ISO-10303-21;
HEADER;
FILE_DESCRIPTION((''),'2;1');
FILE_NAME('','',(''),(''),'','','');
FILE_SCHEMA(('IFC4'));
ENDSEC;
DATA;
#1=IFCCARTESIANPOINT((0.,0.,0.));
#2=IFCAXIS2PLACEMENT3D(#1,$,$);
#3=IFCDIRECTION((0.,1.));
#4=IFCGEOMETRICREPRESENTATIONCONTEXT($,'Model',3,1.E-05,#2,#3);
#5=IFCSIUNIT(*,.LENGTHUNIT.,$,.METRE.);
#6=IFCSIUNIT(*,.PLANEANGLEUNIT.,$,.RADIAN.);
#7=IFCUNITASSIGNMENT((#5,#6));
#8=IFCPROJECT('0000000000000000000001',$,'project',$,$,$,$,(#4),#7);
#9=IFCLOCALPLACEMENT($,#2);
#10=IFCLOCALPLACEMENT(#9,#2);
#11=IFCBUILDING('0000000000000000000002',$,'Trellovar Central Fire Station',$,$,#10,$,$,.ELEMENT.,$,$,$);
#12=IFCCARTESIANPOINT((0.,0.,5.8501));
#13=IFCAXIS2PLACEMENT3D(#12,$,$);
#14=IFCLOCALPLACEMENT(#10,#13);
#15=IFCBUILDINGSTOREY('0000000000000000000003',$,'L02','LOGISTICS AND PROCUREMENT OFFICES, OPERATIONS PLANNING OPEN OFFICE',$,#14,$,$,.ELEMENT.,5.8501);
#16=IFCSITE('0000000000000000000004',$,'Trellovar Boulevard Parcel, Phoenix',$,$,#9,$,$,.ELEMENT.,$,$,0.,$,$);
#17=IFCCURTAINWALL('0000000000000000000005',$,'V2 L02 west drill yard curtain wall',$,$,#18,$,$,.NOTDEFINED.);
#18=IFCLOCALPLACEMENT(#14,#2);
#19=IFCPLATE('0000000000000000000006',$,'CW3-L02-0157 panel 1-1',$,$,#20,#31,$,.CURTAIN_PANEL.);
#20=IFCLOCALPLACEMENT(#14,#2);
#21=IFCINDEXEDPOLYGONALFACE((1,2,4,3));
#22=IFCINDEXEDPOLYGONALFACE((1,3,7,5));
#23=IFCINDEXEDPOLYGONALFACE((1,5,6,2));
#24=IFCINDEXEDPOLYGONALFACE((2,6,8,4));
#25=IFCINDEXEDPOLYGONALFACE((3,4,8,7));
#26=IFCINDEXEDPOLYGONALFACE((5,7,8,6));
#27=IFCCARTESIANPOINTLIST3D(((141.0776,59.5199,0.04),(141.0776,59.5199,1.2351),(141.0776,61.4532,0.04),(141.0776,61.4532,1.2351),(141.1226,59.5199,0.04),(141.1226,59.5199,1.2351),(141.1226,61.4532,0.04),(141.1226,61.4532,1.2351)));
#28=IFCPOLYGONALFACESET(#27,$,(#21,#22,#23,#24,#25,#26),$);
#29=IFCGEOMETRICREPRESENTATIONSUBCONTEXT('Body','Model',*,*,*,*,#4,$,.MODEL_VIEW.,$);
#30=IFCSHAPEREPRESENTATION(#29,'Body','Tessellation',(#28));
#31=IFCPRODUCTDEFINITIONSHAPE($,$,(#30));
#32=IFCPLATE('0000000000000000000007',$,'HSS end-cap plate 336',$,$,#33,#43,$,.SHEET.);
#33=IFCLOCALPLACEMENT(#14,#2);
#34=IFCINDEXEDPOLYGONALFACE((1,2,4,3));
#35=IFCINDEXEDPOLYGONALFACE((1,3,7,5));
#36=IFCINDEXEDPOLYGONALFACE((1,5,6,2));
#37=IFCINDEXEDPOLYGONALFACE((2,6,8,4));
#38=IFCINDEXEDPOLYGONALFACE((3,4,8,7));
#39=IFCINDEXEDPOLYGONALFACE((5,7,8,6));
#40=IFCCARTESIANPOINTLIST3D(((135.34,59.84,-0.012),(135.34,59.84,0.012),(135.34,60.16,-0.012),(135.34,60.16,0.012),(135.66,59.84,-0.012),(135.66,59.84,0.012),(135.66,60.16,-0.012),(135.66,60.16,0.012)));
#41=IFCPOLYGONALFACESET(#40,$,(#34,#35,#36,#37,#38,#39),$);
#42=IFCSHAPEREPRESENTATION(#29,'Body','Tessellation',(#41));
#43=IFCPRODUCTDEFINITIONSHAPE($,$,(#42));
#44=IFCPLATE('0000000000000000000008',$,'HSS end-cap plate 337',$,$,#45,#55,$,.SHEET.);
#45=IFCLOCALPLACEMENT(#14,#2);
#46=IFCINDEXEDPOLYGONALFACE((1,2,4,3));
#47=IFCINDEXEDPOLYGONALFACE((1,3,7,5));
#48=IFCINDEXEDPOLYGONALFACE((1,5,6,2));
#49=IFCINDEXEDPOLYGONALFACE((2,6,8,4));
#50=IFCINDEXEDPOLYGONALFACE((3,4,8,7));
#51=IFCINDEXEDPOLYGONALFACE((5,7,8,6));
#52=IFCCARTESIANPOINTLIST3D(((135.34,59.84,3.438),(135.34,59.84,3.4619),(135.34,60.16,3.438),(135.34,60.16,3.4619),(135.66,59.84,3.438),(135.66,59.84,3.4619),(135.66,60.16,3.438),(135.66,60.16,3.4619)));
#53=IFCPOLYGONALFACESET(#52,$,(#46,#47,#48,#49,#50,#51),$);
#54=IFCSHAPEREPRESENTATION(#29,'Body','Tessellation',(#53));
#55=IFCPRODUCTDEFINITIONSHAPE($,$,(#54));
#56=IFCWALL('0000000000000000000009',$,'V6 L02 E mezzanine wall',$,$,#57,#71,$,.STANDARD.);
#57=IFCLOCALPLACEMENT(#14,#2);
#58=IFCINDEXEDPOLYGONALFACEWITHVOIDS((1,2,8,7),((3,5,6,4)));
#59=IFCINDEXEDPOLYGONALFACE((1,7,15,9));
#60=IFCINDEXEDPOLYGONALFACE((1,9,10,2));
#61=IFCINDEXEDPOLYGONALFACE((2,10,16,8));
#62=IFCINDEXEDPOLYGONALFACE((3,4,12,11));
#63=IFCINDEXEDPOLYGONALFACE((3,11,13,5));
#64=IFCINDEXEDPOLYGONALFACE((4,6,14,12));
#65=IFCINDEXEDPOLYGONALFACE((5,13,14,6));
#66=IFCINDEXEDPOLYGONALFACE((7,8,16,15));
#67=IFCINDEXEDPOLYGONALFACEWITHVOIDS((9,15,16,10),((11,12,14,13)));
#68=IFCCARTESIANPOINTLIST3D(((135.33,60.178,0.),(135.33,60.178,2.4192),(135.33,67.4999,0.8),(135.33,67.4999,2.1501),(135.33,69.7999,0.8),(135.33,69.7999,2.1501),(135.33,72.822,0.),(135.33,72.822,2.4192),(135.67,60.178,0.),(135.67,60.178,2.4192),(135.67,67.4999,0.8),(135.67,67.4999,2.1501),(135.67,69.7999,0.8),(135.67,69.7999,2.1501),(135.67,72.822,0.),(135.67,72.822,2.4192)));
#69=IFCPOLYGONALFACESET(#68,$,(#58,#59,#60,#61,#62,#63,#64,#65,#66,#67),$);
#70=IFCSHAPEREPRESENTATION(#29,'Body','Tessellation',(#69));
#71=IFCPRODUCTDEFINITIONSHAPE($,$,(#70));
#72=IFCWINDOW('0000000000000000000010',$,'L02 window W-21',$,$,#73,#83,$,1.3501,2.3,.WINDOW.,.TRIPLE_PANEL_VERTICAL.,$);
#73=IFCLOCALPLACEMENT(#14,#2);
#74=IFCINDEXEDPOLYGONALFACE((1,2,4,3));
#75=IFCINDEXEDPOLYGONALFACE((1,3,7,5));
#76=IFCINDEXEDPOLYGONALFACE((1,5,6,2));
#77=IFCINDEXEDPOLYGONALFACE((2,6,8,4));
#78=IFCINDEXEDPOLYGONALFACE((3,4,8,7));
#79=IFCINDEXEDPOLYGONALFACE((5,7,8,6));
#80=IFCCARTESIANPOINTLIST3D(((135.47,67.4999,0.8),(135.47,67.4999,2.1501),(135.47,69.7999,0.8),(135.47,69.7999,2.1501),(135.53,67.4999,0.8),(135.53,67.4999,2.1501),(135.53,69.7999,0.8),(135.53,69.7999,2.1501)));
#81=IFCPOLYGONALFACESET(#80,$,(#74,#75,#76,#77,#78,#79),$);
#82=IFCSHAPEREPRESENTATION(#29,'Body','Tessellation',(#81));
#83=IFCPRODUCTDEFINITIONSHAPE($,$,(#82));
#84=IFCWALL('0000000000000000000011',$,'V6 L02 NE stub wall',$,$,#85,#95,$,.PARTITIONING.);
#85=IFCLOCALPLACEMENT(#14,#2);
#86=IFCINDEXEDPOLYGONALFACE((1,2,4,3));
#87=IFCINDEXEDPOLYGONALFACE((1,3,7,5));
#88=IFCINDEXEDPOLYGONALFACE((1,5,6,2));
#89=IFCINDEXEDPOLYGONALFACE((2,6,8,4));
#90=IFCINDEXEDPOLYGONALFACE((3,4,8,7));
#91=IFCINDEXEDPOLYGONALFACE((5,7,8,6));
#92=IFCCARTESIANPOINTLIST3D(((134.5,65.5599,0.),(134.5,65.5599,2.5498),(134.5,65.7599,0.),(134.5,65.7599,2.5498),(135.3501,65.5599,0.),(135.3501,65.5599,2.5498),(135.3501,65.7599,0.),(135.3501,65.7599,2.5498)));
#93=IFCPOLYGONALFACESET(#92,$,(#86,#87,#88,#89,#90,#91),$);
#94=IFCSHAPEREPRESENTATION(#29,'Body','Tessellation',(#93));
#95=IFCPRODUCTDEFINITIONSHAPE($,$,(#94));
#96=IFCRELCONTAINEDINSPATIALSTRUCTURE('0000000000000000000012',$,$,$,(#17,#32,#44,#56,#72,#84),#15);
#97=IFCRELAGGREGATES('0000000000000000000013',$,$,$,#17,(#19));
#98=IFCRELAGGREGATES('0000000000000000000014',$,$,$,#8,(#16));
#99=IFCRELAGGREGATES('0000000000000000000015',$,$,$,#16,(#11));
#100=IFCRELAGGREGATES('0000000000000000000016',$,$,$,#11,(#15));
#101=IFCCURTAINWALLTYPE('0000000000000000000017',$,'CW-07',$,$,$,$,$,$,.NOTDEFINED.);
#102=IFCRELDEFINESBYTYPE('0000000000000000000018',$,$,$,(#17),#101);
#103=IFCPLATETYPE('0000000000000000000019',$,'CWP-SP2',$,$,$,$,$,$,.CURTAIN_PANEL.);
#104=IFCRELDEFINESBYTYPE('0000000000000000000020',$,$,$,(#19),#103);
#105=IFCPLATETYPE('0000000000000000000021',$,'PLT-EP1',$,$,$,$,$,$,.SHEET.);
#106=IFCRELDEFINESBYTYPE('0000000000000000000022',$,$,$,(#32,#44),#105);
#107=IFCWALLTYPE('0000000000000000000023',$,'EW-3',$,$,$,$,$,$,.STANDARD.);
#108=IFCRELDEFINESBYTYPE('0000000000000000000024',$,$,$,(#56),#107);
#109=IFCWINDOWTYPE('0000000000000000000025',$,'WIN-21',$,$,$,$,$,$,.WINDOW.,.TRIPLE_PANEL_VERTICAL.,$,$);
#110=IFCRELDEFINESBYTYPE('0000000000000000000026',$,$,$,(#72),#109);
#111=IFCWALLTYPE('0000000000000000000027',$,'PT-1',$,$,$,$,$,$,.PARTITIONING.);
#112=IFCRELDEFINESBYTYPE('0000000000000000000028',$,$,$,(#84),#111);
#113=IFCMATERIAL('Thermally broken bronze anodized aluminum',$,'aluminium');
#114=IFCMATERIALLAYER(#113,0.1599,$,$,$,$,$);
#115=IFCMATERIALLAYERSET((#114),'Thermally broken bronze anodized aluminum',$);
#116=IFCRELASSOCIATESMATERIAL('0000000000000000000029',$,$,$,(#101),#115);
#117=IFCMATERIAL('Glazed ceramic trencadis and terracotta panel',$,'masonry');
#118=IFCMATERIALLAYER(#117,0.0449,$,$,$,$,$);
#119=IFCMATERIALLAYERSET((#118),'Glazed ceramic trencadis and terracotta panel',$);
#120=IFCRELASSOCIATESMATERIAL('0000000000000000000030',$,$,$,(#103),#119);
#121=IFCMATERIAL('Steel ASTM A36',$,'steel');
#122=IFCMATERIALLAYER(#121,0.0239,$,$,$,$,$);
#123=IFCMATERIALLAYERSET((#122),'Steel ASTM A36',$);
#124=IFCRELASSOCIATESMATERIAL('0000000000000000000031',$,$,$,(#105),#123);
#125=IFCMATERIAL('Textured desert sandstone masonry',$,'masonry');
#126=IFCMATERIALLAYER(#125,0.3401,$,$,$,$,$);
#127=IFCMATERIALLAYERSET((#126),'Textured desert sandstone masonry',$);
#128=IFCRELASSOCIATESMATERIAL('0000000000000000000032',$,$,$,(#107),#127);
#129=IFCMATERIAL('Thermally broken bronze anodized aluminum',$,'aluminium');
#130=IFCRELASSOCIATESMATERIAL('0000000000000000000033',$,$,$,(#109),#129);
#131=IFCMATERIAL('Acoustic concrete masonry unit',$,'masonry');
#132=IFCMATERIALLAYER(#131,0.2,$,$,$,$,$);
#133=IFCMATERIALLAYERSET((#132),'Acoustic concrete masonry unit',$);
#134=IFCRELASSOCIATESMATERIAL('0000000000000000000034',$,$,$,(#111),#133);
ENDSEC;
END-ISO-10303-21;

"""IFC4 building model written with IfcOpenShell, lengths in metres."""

from ifc_helpers import new_model, si_unit, direction, frame, frame_2d, origin, origin_2d, place, context, subcontext, project, spatial, rectangle, extrude, material, layer, layer_set, type_object, element, fill, aggregate, save


model = new_model("IFC4")

# Units and contexts
model_context = context("Model", 3, precision=1e-05, world=origin(), true_north=direction((0.0, 1.0)))
body_context = subcontext(model_context, "Body", "Model", "MODEL_VIEW")
ifc_project = project(units=[si_unit("LENGTHUNIT", "METRE"), si_unit("PLANEANGLEUNIT", "RADIAN")], contexts=[model_context])

# Site, building, storey
site_placement = place(None, origin())
site = spatial("IfcSite", under=ifc_project, at=site_placement, Name="Trellovar Boulevard Parcel, Phoenix", CompositionType="ELEMENT", RefElevation=0.0)
building_placement = place(site_placement, origin())
building = spatial("IfcBuilding", under=site, at=building_placement, Name="Trellovar Central Fire Station", CompositionType="ELEMENT")
storey_placement = place(building_placement, frame((0.0, 0.0, 5.8501)))
storey = spatial("IfcBuildingStorey", under=building, at=storey_placement, Name="L02", Description="LOGISTICS AND PROCUREMENT OFFICES, OPERATIONS PLANNING OPEN OFFICE", CompositionType="ELEMENT", Elevation=5.8501)

# Curtain wall, plate
ifc_material_1 = material(Name="Thermally broken bronze anodized aluminum", Category="aluminium")
ifc_layer_1 = layer(ifc_material_1, 0.1599)
ifc_layer_set_1 = layer_set([ifc_layer_1], Name="Thermally broken bronze anodized aluminum")
curtain_wall_type = type_object("IfcCurtainWallType", Name="CW-07", PredefinedType="NOTDEFINED", material=ifc_layer_set_1)
curtain_wall_placement = place(storey_placement, origin())
curtain_wall = element("IfcCurtainWall", 1, at=curtain_wall_placement, inside=storey, type_object=curtain_wall_type, Name="V2 L02 west drill yard curtain wall", PredefinedType="NOTDEFINED")
ifc_material_2 = material(Name="Glazed ceramic trencadis and terracotta panel", Category="masonry")
ifc_layer_2 = layer(ifc_material_2, 0.0449)
ifc_layer_set_2 = layer_set([ifc_layer_2], Name="Glazed ceramic trencadis and terracotta panel")
plate_type_1 = type_object("IfcPlateType", Name="CWP-SP2", PredefinedType="CURTAIN_PANEL", material=ifc_layer_set_2)
plate_1_placement = place(storey_placement, frame((141.1001, 60.4866, 0.04), z_axis=(0.0, 0.0, 1.0), x_axis=(0.0, 1.0, 0.0)))
plate_1 = element("IfcPlate", 2, at=plate_1_placement, type_object=plate_type_1, Name="CW3-L02-0157 panel 1-1", PredefinedType="CURTAIN_PANEL", context=body_context, shape_type="SweptSolid", body=[
    extrude(rectangle(XDim=1.9333, YDim=0.0449, at=origin_2d()), origin(), (0.0, 0.0, 1.0), 1.1951),
])
aggregate(curtain_wall, [plate_1])

# Plates
ifc_material_3 = material(Name="Steel ASTM A36", Category="steel")
ifc_layer_3 = layer(ifc_material_3, 0.0239)
ifc_layer_set_3 = layer_set([ifc_layer_3], Name="Steel ASTM A36")
plate_type_2 = type_object("IfcPlateType", Name="PLT-EP1", PredefinedType="SHEET", material=ifc_layer_set_3)
for number, where, z_axis, x_axis, name in (
    (3, (135.5, 60.0, -0.012), (0.0, 0.0, 1.0), (1.0, 0.0, 0.0), "HSS end-cap plate 336"),
    (4, (135.5, 60.0, 3.438), (0.0, 0.0, 1.0), (1.0, 0.0, 0.0), "HSS end-cap plate 337"),
):
    element("IfcPlate", number, at=place(storey_placement, frame(where, z_axis=z_axis, x_axis=x_axis)), inside=storey, type_object=plate_type_2, Name=name, PredefinedType="SHEET", context=body_context, shape_type="SweptSolid", body=[
        extrude(rectangle(XDim=0.3201, YDim=0.3201, at=origin_2d()), origin(), (0.0, 0.0, 1.0), 0.0239),
    ])

# Wall, opening, window
ifc_material_4 = material(Name="Textured desert sandstone masonry", Category="masonry")
ifc_layer_4 = layer(ifc_material_4, 0.3401)
ifc_layer_set_4 = layer_set([ifc_layer_4], Name="Textured desert sandstone masonry")
wall_type_1 = type_object("IfcWallType", Name="EW-3", PredefinedType="STANDARD", material=ifc_layer_set_4)
wall_1_placement = place(storey_placement, frame((135.5, 60.178, 0.0), z_axis=(0.0, 0.0, 1.0), x_axis=(0.0, 1.0, 0.0)))
wall_1 = element("IfcWall", 5, at=wall_1_placement, inside=storey, type_object=wall_type_1, Name="V6 L02 E mezzanine wall", PredefinedType="STANDARD", context=body_context, shape_type="SweptSolid", body=[
    extrude(rectangle(XDim=12.644, YDim=0.3401, at=frame_2d((6.322, 0.0))), origin(), (0.0, 0.0, 1.0), 2.4192),
])
opening_1_placement = place(wall_1_placement, frame((7.322, 0.0, 0.8)))
opening_1 = element("IfcOpeningElement", 6, at=opening_1_placement, cuts=wall_1, PredefinedType="OPENING", context=body_context, shape_type="SweptSolid", body=[
    extrude(rectangle(XDim=2.3, YDim=1.3501, at=frame_2d((1.1499, 0.675))), frame((0.0, 0.1799, 0.0), z_axis=(0.0, -1.0, 0.0), x_axis=(1.0, 0.0, 0.0)), (0.0, 0.0, 1.0), 0.3601),
])
ifc_material_5 = material(Name="Thermally broken bronze anodized aluminum", Category="aluminium")
window_type = type_object("IfcWindowType", Name="WIN-21", PartitioningType="TRIPLE_PANEL_VERTICAL", PredefinedType="WINDOW", material=ifc_material_5)
window_placement = place(opening_1_placement, origin())
window = element("IfcWindow", 7, at=window_placement, inside=storey, type_object=window_type, Name="L02 window W-21", OverallHeight=1.3501, OverallWidth=2.3, PartitioningType="TRIPLE_PANEL_VERTICAL", PredefinedType="WINDOW", context=body_context, shape_type="SweptSolid", body=[
    extrude(rectangle(XDim=2.3, YDim=1.3501, at=frame_2d((1.1499, 0.675))), frame((0.0, 0.03, 0.0), z_axis=(0.0, -1.0, 0.0), x_axis=(1.0, 0.0, 0.0)), (0.0, 0.0, 1.0), 0.0601),
])
fill(opening_1, window)

# Wall
ifc_material_6 = material(Name="Acoustic concrete masonry unit", Category="masonry")
ifc_layer_5 = layer(ifc_material_6, 0.2)
ifc_layer_set_5 = layer_set([ifc_layer_5], Name="Acoustic concrete masonry unit")
wall_type_2 = type_object("IfcWallType", Name="PT-1", PredefinedType="PARTITIONING", material=ifc_layer_set_5)
wall_2_placement = place(storey_placement, frame((134.5, 65.6599, 0.0), z_axis=(0.0, 0.0, 1.0), x_axis=(1.0, 0.0, 0.0)))
element("IfcWall", 8, at=wall_2_placement, inside=storey, type_object=wall_type_2, Name="V6 L02 NE stub wall", PredefinedType="PARTITIONING", context=body_context, shape_type="SweptSolid", body=[
    extrude(rectangle(XDim=0.8501, YDim=0.2, at=frame_2d((0.425, 0.0))), origin(), (0.0, 0.0, 1.0), 2.5498),
])

save(model, "model.ifc")
